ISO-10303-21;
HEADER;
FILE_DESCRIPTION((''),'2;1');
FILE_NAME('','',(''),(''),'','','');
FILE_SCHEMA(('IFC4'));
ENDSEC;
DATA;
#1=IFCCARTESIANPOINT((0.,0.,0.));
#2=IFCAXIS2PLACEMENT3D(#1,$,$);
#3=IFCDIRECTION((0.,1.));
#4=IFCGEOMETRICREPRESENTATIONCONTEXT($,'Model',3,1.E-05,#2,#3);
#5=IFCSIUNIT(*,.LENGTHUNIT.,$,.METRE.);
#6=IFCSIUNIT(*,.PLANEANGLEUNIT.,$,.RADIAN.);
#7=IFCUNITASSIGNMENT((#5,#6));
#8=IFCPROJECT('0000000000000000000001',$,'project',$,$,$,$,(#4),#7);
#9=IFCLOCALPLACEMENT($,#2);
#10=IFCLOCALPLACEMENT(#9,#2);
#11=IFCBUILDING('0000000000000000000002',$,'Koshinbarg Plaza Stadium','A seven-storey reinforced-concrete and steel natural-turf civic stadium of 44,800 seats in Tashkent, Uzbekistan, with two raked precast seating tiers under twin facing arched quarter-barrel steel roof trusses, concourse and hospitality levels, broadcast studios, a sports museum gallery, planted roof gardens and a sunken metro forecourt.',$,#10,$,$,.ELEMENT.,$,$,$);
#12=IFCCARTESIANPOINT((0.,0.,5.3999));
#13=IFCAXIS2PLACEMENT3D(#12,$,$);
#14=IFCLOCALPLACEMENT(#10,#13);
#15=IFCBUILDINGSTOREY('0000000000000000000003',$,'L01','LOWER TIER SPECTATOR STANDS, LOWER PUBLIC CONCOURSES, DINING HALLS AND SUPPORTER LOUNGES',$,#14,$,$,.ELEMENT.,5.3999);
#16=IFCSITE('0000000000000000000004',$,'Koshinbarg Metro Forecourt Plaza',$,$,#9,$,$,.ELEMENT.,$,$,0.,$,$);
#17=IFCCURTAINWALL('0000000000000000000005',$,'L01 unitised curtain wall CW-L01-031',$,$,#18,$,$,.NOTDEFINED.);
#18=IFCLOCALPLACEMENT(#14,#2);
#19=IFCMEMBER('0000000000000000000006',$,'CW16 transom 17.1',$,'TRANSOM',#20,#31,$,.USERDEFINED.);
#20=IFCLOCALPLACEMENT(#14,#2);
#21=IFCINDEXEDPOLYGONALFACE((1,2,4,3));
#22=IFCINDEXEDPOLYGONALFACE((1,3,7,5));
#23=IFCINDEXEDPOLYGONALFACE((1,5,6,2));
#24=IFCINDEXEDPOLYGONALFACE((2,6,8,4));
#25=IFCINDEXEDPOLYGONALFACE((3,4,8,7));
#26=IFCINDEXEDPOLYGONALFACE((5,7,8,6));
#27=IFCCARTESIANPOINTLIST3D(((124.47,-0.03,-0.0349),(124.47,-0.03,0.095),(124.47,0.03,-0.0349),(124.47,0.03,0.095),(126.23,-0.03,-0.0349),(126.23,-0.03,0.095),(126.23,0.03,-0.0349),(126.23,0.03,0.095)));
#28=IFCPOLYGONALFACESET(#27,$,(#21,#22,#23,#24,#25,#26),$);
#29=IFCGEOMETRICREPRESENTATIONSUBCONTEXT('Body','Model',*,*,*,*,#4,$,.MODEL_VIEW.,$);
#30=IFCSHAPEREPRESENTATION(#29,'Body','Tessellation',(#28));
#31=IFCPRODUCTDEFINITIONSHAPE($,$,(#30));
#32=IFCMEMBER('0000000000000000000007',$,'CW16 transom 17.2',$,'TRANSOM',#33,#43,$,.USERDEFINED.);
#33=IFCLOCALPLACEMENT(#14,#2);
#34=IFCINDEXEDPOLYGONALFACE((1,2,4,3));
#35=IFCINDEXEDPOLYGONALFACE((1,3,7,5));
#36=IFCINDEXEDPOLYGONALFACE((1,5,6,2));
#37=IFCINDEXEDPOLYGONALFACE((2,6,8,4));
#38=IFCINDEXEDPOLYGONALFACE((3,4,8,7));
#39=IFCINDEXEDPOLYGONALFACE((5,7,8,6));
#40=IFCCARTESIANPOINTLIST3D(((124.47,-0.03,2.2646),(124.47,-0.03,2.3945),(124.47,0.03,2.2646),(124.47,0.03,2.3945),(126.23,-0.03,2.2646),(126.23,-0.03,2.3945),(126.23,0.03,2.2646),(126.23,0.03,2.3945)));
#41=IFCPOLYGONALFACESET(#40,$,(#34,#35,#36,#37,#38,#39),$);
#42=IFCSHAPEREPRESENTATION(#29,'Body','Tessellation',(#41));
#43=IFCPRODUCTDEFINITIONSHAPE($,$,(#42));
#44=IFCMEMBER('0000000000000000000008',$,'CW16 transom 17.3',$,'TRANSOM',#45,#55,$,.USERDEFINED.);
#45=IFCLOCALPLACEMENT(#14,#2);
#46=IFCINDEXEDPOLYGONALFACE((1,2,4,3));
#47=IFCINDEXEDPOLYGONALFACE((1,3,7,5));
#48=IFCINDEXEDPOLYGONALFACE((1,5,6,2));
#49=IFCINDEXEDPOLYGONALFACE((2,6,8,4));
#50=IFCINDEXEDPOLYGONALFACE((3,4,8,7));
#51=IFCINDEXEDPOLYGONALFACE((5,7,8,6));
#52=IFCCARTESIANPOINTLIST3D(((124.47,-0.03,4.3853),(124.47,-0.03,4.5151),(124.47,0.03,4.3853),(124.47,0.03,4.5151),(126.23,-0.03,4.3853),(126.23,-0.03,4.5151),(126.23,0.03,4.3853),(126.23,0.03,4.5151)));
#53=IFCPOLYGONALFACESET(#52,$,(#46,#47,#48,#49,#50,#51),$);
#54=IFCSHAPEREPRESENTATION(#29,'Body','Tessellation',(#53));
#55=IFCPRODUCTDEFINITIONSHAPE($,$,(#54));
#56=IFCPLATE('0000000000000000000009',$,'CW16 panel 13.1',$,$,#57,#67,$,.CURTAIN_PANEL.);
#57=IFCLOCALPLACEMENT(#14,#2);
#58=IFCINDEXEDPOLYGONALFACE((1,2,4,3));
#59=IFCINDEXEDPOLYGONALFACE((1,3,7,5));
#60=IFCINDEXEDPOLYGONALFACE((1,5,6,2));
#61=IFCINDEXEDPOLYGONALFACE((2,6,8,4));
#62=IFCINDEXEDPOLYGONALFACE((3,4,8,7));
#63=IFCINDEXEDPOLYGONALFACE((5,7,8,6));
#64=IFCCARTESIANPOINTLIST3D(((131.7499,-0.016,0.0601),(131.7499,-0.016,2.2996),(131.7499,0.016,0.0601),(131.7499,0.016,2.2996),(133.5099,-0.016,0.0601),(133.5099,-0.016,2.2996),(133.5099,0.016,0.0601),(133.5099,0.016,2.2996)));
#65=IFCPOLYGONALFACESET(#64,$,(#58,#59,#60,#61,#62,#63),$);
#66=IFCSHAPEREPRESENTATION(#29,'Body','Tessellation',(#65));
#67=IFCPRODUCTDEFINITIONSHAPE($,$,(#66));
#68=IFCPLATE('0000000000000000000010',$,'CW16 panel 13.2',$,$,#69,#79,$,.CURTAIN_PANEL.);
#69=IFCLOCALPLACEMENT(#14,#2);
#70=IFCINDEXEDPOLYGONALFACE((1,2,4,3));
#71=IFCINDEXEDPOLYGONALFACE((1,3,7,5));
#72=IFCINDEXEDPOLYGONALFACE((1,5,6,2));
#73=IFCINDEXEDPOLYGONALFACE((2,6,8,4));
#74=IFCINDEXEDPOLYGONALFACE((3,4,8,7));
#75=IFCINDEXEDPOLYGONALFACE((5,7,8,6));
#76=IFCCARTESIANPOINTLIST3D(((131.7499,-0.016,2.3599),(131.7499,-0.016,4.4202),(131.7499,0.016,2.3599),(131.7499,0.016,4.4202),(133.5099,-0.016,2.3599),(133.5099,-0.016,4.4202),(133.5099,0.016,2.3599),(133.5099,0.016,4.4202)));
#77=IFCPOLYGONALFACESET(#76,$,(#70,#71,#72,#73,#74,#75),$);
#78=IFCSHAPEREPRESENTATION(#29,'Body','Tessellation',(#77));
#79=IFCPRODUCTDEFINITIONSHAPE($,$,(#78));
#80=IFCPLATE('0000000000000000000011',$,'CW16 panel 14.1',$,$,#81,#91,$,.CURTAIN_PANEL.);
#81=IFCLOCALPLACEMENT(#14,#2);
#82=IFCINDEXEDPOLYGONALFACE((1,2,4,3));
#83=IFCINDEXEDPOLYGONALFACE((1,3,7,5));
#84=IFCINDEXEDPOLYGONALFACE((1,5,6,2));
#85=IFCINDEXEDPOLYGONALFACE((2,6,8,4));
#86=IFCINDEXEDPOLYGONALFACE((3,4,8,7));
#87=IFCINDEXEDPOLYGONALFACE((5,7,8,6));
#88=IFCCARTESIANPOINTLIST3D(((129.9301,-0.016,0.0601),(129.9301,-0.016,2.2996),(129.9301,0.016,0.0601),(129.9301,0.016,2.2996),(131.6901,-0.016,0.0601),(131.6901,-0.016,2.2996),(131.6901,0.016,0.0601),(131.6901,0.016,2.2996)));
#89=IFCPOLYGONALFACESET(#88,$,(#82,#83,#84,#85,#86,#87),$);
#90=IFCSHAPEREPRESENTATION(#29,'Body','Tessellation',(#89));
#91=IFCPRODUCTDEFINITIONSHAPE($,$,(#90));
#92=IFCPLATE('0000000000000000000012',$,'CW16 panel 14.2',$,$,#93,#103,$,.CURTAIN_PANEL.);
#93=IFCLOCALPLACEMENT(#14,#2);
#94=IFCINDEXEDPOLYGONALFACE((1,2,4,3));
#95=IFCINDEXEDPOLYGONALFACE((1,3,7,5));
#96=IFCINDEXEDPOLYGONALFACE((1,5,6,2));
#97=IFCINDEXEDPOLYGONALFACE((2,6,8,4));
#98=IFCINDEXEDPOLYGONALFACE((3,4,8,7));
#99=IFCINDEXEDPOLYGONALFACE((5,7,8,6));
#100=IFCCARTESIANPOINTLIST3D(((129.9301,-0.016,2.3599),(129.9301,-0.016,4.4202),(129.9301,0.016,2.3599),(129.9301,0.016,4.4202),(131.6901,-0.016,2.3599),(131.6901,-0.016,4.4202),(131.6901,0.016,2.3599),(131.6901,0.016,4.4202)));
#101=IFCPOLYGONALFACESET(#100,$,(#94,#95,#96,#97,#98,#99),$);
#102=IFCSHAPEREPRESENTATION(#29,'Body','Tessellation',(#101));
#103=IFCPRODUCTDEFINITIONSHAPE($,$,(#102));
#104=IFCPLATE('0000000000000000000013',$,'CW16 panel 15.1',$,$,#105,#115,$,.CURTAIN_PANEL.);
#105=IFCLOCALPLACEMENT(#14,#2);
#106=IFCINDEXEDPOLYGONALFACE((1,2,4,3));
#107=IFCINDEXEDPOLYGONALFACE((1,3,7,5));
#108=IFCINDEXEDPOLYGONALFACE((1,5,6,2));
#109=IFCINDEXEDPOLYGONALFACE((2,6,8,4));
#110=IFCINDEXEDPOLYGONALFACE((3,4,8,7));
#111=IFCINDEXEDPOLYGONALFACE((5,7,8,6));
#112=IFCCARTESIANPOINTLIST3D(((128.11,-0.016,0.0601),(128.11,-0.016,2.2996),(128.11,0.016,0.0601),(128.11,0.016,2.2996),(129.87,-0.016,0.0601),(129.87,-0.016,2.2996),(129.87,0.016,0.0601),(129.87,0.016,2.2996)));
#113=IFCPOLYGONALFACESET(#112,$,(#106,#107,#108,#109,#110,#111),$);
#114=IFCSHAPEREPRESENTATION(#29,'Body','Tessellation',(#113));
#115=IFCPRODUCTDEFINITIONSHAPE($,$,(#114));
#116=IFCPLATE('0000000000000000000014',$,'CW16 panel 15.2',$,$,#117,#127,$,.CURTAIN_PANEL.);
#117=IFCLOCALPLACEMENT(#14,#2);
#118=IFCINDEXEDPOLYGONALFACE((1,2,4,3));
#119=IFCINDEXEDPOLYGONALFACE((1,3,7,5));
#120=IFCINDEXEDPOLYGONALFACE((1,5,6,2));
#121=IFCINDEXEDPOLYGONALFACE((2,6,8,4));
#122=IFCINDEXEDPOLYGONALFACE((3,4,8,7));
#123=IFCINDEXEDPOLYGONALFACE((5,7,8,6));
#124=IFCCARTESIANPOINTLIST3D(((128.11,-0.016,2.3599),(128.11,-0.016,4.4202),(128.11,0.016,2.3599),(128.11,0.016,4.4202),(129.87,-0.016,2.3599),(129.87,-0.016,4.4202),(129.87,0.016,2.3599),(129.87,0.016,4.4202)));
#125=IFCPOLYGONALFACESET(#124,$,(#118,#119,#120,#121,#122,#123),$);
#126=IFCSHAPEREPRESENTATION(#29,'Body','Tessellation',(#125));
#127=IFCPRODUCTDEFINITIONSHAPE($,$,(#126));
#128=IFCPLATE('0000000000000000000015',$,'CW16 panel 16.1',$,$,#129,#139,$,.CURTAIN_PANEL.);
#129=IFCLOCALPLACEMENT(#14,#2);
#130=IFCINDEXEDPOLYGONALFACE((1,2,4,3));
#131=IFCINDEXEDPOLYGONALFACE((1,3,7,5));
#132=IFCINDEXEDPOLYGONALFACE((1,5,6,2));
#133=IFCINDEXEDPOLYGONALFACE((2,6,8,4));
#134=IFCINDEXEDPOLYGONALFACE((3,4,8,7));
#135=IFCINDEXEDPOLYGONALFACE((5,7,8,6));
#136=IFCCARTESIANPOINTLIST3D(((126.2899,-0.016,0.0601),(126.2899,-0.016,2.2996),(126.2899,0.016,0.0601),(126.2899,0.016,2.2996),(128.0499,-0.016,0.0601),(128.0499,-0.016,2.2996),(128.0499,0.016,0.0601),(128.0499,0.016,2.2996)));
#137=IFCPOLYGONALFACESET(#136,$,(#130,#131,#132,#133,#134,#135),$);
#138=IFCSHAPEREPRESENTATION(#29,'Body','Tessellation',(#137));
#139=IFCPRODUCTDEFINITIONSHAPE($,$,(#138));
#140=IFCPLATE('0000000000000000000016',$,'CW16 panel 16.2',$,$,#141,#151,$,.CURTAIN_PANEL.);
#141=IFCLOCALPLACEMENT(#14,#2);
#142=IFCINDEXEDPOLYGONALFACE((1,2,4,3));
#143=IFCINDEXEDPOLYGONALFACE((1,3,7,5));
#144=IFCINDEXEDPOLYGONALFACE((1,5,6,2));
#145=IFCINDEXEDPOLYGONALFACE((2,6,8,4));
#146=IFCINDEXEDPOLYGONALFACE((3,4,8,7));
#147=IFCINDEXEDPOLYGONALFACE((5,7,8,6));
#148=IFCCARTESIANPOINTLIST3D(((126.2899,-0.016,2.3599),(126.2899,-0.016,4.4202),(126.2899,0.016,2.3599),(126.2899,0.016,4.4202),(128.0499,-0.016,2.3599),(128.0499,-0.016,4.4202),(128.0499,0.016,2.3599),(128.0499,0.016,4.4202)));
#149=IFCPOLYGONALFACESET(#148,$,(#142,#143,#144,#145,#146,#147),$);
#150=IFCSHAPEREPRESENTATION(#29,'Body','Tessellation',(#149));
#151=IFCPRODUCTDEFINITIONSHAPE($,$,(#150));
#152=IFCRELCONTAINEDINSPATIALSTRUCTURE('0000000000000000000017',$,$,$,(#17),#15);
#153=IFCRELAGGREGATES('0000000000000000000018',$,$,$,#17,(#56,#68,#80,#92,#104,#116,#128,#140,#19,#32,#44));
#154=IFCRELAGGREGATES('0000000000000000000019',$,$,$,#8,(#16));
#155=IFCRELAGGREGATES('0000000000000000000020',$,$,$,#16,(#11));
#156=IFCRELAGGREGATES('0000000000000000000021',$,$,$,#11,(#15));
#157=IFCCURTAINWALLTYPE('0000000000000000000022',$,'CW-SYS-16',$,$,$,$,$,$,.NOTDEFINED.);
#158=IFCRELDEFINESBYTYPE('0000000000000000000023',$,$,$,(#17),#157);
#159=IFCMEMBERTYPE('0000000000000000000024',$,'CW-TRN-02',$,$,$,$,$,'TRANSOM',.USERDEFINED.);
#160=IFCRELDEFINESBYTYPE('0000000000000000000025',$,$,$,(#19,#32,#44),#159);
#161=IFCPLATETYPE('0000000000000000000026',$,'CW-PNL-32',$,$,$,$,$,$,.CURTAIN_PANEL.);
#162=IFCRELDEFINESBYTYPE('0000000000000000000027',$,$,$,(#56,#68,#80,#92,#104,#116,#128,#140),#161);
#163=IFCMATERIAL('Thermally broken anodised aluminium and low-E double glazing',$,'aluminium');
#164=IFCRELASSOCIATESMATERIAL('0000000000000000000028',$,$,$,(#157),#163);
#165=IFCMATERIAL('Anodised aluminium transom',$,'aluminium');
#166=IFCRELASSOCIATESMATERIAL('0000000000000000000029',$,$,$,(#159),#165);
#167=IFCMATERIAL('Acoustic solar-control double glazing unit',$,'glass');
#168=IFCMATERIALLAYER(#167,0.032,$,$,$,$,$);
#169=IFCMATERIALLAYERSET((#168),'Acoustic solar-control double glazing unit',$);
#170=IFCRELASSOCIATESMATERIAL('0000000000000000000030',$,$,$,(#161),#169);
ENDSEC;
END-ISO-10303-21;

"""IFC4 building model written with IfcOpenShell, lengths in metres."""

from ifc_helpers import new_model, si_unit, direction, frame, origin, origin_2d, place, context, subcontext, project, spatial, rectangle, extrude, material, layer, layer_set, material_profile, profile_set, type_object, element, aggregate, save


model = new_model("IFC4")

# Units and contexts
model_context = context("Model", 3, precision=1e-05, world=origin(), true_north=direction((0.0, 1.0)))
body_context = subcontext(model_context, "Body", "Model", "MODEL_VIEW")
ifc_project = project(units=[si_unit("LENGTHUNIT", "METRE"), si_unit("PLANEANGLEUNIT", "RADIAN")], contexts=[model_context])

# Site, building, storey
site_placement = place(None, origin())
site = spatial("IfcSite", under=ifc_project, at=site_placement, Name="Koshinbarg Metro Forecourt Plaza", CompositionType="ELEMENT", RefElevation=0.0)
building_placement = place(site_placement, origin())
building = spatial("IfcBuilding", under=site, at=building_placement, Name="Koshinbarg Plaza Stadium", Description="A seven-storey reinforced-concrete and steel natural-turf civic stadium of 44,800 seats in Tashkent, Uzbekistan, with two raked precast seating tiers under twin facing arched quarter-barrel steel roof trusses, concourse and hospitality levels, broadcast studios, a sports museum gallery, planted roof gardens and a sunken metro forecourt.", CompositionType="ELEMENT")
storey_placement = place(building_placement, frame((0.0, 0.0, 5.3999)))
storey = spatial("IfcBuildingStorey", under=building, at=storey_placement, Name="L01", Description="LOWER TIER SPECTATOR STANDS, LOWER PUBLIC CONCOURSES, DINING HALLS AND SUPPORTER LOUNGES", CompositionType="ELEMENT", Elevation=5.3999)

# Curtain wall, members, plates
ifc_material_1 = material(Name="Thermally broken anodised aluminium and low-E double glazing", Category="aluminium")
curtain_wall_type = type_object("IfcCurtainWallType", Name="CW-SYS-16", PredefinedType="NOTDEFINED", material=ifc_material_1)
curtain_wall_placement = place(storey_placement, origin())
curtain_wall = element("IfcCurtainWall", 1, at=curtain_wall_placement, inside=storey, type_object=curtain_wall_type, Name="L01 unitised curtain wall CW-L01-031", PredefinedType="NOTDEFINED")
ifc_material_2 = material(Name="Anodised aluminium transom", Category="aluminium")
ifc_material_profile_1 = material_profile(ifc_material_2, rectangle(XDim=0.0601, YDim=0.1299, at=origin_2d()), Name="ALU 60x130")
ifc_profile_set_1 = profile_set([ifc_material_profile_1], Name="Anodised aluminium transom")
member_type_1 = type_object("IfcMemberType", Name="CW-TRN-02", ElementType="TRANSOM", PredefinedType="USERDEFINED", material=ifc_profile_set_1)
member_1_placement = place(storey_placement, frame((126.23, 0.0, 0.03), z_axis=(-1.0, 0.0, 0.0), x_axis=(0.0, -1.0, 0.0)))
member_1 = element("IfcMember", 2, at=member_1_placement, type_object=member_type_1, Name="CW16 transom 17.1", ObjectType="TRANSOM", PredefinedType="USERDEFINED", context=body_context, shape_type="SweptSolid", body=[
    extrude(rectangle(XDim=0.0601, YDim=0.1299, at=origin_2d()), origin(), (0.0, 0.0, 1.0), 1.76),
])
member_2_placement = place(storey_placement, frame((126.23, 0.0, 2.3296), z_axis=(-1.0, 0.0, 0.0), x_axis=(0.0, -1.0, 0.0)))
member_2 = element("IfcMember", 3, at=member_2_placement, type_object=member_type_1, Name="CW16 transom 17.2", ObjectType="TRANSOM", PredefinedType="USERDEFINED", context=body_context, shape_type="SweptSolid", body=[
    extrude(rectangle(XDim=0.0601, YDim=0.1299, at=origin_2d()), origin(), (0.0, 0.0, 1.0), 1.76),
])
member_3_placement = place(storey_placement, frame((126.23, 0.0, 4.4502), z_axis=(-1.0, 0.0, 0.0), x_axis=(0.0, -1.0, 0.0)))
member_3 = element("IfcMember", 4, at=member_3_placement, type_object=member_type_1, Name="CW16 transom 17.3", ObjectType="TRANSOM", PredefinedType="USERDEFINED", context=body_context, shape_type="SweptSolid", body=[
    extrude(rectangle(XDim=0.0601, YDim=0.1299, at=origin_2d()), origin(), (0.0, 0.0, 1.0), 1.76),
])
ifc_material_3 = material(Name="Acoustic solar-control double glazing unit", Category="glass")
ifc_layer = layer(ifc_material_3, 0.032)
ifc_layer_set = layer_set([ifc_layer], Name="Acoustic solar-control double glazing unit")
plate_type = type_object("IfcPlateType", Name="CW-PNL-32", PredefinedType="CURTAIN_PANEL", material=ifc_layer_set)
plate_1_placement = place(storey_placement, frame((132.6299, 0.0, 0.0601), z_axis=(0.0, 0.0, 1.0), x_axis=(-1.0, 0.0, 0.0)))
plate_1 = element("IfcPlate", 5, at=plate_1_placement, type_object=plate_type, Name="CW16 panel 13.1", PredefinedType="CURTAIN_PANEL", context=body_context, shape_type="SweptSolid", body=[
    extrude(rectangle(XDim=1.76, YDim=0.032, at=origin_2d()), origin(), (0.0, 0.0, 1.0), 2.2395),
])
plate_2_placement = place(storey_placement, frame((132.6299, 0.0, 2.3599), z_axis=(0.0, 0.0, 1.0), x_axis=(-1.0, 0.0, 0.0)))
plate_2 = element("IfcPlate", 6, at=plate_2_placement, type_object=plate_type, Name="CW16 panel 13.2", PredefinedType="CURTAIN_PANEL", context=body_context, shape_type="SweptSolid", body=[
    extrude(rectangle(XDim=1.76, YDim=0.032, at=origin_2d()), origin(), (0.0, 0.0, 1.0), 2.0603),
])
plate_3_placement = place(storey_placement, frame((130.8101, 0.0, 0.0601), z_axis=(0.0, 0.0, 1.0), x_axis=(-1.0, 0.0, 0.0)))
plate_3 = element("IfcPlate", 7, at=plate_3_placement, type_object=plate_type, Name="CW16 panel 14.1", PredefinedType="CURTAIN_PANEL", context=body_context, shape_type="SweptSolid", body=[
    extrude(rectangle(XDim=1.76, YDim=0.032, at=origin_2d()), origin(), (0.0, 0.0, 1.0), 2.2395),
])
plate_4_placement = place(storey_placement, frame((130.8101, 0.0, 2.3599), z_axis=(0.0, 0.0, 1.0), x_axis=(-1.0, 0.0, 0.0)))
plate_4 = element("IfcPlate", 8, at=plate_4_placement, type_object=plate_type, Name="CW16 panel 14.2", PredefinedType="CURTAIN_PANEL", context=body_context, shape_type="SweptSolid", body=[
    extrude(rectangle(XDim=1.76, YDim=0.032, at=origin_2d()), origin(), (0.0, 0.0, 1.0), 2.0603),
])
plate_5_placement = place(storey_placement, frame((128.99, 0.0, 0.0601), z_axis=(0.0, 0.0, 1.0), x_axis=(-1.0, 0.0, 0.0)))
plate_5 = element("IfcPlate", 9, at=plate_5_placement, type_object=plate_type, Name="CW16 panel 15.1", PredefinedType="CURTAIN_PANEL", context=body_context, shape_type="SweptSolid", body=[
    extrude(rectangle(XDim=1.76, YDim=0.032, at=origin_2d()), origin(), (0.0, 0.0, 1.0), 2.2395),
])
plate_6_placement = place(storey_placement, frame((128.99, 0.0, 2.3599), z_axis=(0.0, 0.0, 1.0), x_axis=(-1.0, 0.0, 0.0)))
plate_6 = element("IfcPlate", 10, at=plate_6_placement, type_object=plate_type, Name="CW16 panel 15.2", PredefinedType="CURTAIN_PANEL", context=body_context, shape_type="SweptSolid", body=[
    extrude(rectangle(XDim=1.76, YDim=0.032, at=origin_2d()), origin(), (0.0, 0.0, 1.0), 2.0603),
])
plate_7_placement = place(storey_placement, frame((127.1699, 0.0, 0.0601), z_axis=(0.0, 0.0, 1.0), x_axis=(-1.0, 0.0, 0.0)))
plate_7 = element("IfcPlate", 11, at=plate_7_placement, type_object=plate_type, Name="CW16 panel 16.1", PredefinedType="CURTAIN_PANEL", context=body_context, shape_type="SweptSolid", body=[
    extrude(rectangle(XDim=1.76, YDim=0.032, at=origin_2d()), origin(), (0.0, 0.0, 1.0), 2.2395),
])
plate_8_placement = place(storey_placement, frame((127.1699, 0.0, 2.3599), z_axis=(0.0, 0.0, 1.0), x_axis=(-1.0, 0.0, 0.0)))
plate_8 = element("IfcPlate", 12, at=plate_8_placement, type_object=plate_type, Name="CW16 panel 16.2", PredefinedType="CURTAIN_PANEL", context=body_context, shape_type="SweptSolid", body=[
    extrude(rectangle(XDim=1.76, YDim=0.032, at=origin_2d()), origin(), (0.0, 0.0, 1.0), 2.0603),
])
aggregate(curtain_wall, [plate_1, plate_2, plate_3, plate_4, plate_5, plate_6, plate_7, plate_8, member_1, member_2, member_3])

save(model, "model.ifc")
